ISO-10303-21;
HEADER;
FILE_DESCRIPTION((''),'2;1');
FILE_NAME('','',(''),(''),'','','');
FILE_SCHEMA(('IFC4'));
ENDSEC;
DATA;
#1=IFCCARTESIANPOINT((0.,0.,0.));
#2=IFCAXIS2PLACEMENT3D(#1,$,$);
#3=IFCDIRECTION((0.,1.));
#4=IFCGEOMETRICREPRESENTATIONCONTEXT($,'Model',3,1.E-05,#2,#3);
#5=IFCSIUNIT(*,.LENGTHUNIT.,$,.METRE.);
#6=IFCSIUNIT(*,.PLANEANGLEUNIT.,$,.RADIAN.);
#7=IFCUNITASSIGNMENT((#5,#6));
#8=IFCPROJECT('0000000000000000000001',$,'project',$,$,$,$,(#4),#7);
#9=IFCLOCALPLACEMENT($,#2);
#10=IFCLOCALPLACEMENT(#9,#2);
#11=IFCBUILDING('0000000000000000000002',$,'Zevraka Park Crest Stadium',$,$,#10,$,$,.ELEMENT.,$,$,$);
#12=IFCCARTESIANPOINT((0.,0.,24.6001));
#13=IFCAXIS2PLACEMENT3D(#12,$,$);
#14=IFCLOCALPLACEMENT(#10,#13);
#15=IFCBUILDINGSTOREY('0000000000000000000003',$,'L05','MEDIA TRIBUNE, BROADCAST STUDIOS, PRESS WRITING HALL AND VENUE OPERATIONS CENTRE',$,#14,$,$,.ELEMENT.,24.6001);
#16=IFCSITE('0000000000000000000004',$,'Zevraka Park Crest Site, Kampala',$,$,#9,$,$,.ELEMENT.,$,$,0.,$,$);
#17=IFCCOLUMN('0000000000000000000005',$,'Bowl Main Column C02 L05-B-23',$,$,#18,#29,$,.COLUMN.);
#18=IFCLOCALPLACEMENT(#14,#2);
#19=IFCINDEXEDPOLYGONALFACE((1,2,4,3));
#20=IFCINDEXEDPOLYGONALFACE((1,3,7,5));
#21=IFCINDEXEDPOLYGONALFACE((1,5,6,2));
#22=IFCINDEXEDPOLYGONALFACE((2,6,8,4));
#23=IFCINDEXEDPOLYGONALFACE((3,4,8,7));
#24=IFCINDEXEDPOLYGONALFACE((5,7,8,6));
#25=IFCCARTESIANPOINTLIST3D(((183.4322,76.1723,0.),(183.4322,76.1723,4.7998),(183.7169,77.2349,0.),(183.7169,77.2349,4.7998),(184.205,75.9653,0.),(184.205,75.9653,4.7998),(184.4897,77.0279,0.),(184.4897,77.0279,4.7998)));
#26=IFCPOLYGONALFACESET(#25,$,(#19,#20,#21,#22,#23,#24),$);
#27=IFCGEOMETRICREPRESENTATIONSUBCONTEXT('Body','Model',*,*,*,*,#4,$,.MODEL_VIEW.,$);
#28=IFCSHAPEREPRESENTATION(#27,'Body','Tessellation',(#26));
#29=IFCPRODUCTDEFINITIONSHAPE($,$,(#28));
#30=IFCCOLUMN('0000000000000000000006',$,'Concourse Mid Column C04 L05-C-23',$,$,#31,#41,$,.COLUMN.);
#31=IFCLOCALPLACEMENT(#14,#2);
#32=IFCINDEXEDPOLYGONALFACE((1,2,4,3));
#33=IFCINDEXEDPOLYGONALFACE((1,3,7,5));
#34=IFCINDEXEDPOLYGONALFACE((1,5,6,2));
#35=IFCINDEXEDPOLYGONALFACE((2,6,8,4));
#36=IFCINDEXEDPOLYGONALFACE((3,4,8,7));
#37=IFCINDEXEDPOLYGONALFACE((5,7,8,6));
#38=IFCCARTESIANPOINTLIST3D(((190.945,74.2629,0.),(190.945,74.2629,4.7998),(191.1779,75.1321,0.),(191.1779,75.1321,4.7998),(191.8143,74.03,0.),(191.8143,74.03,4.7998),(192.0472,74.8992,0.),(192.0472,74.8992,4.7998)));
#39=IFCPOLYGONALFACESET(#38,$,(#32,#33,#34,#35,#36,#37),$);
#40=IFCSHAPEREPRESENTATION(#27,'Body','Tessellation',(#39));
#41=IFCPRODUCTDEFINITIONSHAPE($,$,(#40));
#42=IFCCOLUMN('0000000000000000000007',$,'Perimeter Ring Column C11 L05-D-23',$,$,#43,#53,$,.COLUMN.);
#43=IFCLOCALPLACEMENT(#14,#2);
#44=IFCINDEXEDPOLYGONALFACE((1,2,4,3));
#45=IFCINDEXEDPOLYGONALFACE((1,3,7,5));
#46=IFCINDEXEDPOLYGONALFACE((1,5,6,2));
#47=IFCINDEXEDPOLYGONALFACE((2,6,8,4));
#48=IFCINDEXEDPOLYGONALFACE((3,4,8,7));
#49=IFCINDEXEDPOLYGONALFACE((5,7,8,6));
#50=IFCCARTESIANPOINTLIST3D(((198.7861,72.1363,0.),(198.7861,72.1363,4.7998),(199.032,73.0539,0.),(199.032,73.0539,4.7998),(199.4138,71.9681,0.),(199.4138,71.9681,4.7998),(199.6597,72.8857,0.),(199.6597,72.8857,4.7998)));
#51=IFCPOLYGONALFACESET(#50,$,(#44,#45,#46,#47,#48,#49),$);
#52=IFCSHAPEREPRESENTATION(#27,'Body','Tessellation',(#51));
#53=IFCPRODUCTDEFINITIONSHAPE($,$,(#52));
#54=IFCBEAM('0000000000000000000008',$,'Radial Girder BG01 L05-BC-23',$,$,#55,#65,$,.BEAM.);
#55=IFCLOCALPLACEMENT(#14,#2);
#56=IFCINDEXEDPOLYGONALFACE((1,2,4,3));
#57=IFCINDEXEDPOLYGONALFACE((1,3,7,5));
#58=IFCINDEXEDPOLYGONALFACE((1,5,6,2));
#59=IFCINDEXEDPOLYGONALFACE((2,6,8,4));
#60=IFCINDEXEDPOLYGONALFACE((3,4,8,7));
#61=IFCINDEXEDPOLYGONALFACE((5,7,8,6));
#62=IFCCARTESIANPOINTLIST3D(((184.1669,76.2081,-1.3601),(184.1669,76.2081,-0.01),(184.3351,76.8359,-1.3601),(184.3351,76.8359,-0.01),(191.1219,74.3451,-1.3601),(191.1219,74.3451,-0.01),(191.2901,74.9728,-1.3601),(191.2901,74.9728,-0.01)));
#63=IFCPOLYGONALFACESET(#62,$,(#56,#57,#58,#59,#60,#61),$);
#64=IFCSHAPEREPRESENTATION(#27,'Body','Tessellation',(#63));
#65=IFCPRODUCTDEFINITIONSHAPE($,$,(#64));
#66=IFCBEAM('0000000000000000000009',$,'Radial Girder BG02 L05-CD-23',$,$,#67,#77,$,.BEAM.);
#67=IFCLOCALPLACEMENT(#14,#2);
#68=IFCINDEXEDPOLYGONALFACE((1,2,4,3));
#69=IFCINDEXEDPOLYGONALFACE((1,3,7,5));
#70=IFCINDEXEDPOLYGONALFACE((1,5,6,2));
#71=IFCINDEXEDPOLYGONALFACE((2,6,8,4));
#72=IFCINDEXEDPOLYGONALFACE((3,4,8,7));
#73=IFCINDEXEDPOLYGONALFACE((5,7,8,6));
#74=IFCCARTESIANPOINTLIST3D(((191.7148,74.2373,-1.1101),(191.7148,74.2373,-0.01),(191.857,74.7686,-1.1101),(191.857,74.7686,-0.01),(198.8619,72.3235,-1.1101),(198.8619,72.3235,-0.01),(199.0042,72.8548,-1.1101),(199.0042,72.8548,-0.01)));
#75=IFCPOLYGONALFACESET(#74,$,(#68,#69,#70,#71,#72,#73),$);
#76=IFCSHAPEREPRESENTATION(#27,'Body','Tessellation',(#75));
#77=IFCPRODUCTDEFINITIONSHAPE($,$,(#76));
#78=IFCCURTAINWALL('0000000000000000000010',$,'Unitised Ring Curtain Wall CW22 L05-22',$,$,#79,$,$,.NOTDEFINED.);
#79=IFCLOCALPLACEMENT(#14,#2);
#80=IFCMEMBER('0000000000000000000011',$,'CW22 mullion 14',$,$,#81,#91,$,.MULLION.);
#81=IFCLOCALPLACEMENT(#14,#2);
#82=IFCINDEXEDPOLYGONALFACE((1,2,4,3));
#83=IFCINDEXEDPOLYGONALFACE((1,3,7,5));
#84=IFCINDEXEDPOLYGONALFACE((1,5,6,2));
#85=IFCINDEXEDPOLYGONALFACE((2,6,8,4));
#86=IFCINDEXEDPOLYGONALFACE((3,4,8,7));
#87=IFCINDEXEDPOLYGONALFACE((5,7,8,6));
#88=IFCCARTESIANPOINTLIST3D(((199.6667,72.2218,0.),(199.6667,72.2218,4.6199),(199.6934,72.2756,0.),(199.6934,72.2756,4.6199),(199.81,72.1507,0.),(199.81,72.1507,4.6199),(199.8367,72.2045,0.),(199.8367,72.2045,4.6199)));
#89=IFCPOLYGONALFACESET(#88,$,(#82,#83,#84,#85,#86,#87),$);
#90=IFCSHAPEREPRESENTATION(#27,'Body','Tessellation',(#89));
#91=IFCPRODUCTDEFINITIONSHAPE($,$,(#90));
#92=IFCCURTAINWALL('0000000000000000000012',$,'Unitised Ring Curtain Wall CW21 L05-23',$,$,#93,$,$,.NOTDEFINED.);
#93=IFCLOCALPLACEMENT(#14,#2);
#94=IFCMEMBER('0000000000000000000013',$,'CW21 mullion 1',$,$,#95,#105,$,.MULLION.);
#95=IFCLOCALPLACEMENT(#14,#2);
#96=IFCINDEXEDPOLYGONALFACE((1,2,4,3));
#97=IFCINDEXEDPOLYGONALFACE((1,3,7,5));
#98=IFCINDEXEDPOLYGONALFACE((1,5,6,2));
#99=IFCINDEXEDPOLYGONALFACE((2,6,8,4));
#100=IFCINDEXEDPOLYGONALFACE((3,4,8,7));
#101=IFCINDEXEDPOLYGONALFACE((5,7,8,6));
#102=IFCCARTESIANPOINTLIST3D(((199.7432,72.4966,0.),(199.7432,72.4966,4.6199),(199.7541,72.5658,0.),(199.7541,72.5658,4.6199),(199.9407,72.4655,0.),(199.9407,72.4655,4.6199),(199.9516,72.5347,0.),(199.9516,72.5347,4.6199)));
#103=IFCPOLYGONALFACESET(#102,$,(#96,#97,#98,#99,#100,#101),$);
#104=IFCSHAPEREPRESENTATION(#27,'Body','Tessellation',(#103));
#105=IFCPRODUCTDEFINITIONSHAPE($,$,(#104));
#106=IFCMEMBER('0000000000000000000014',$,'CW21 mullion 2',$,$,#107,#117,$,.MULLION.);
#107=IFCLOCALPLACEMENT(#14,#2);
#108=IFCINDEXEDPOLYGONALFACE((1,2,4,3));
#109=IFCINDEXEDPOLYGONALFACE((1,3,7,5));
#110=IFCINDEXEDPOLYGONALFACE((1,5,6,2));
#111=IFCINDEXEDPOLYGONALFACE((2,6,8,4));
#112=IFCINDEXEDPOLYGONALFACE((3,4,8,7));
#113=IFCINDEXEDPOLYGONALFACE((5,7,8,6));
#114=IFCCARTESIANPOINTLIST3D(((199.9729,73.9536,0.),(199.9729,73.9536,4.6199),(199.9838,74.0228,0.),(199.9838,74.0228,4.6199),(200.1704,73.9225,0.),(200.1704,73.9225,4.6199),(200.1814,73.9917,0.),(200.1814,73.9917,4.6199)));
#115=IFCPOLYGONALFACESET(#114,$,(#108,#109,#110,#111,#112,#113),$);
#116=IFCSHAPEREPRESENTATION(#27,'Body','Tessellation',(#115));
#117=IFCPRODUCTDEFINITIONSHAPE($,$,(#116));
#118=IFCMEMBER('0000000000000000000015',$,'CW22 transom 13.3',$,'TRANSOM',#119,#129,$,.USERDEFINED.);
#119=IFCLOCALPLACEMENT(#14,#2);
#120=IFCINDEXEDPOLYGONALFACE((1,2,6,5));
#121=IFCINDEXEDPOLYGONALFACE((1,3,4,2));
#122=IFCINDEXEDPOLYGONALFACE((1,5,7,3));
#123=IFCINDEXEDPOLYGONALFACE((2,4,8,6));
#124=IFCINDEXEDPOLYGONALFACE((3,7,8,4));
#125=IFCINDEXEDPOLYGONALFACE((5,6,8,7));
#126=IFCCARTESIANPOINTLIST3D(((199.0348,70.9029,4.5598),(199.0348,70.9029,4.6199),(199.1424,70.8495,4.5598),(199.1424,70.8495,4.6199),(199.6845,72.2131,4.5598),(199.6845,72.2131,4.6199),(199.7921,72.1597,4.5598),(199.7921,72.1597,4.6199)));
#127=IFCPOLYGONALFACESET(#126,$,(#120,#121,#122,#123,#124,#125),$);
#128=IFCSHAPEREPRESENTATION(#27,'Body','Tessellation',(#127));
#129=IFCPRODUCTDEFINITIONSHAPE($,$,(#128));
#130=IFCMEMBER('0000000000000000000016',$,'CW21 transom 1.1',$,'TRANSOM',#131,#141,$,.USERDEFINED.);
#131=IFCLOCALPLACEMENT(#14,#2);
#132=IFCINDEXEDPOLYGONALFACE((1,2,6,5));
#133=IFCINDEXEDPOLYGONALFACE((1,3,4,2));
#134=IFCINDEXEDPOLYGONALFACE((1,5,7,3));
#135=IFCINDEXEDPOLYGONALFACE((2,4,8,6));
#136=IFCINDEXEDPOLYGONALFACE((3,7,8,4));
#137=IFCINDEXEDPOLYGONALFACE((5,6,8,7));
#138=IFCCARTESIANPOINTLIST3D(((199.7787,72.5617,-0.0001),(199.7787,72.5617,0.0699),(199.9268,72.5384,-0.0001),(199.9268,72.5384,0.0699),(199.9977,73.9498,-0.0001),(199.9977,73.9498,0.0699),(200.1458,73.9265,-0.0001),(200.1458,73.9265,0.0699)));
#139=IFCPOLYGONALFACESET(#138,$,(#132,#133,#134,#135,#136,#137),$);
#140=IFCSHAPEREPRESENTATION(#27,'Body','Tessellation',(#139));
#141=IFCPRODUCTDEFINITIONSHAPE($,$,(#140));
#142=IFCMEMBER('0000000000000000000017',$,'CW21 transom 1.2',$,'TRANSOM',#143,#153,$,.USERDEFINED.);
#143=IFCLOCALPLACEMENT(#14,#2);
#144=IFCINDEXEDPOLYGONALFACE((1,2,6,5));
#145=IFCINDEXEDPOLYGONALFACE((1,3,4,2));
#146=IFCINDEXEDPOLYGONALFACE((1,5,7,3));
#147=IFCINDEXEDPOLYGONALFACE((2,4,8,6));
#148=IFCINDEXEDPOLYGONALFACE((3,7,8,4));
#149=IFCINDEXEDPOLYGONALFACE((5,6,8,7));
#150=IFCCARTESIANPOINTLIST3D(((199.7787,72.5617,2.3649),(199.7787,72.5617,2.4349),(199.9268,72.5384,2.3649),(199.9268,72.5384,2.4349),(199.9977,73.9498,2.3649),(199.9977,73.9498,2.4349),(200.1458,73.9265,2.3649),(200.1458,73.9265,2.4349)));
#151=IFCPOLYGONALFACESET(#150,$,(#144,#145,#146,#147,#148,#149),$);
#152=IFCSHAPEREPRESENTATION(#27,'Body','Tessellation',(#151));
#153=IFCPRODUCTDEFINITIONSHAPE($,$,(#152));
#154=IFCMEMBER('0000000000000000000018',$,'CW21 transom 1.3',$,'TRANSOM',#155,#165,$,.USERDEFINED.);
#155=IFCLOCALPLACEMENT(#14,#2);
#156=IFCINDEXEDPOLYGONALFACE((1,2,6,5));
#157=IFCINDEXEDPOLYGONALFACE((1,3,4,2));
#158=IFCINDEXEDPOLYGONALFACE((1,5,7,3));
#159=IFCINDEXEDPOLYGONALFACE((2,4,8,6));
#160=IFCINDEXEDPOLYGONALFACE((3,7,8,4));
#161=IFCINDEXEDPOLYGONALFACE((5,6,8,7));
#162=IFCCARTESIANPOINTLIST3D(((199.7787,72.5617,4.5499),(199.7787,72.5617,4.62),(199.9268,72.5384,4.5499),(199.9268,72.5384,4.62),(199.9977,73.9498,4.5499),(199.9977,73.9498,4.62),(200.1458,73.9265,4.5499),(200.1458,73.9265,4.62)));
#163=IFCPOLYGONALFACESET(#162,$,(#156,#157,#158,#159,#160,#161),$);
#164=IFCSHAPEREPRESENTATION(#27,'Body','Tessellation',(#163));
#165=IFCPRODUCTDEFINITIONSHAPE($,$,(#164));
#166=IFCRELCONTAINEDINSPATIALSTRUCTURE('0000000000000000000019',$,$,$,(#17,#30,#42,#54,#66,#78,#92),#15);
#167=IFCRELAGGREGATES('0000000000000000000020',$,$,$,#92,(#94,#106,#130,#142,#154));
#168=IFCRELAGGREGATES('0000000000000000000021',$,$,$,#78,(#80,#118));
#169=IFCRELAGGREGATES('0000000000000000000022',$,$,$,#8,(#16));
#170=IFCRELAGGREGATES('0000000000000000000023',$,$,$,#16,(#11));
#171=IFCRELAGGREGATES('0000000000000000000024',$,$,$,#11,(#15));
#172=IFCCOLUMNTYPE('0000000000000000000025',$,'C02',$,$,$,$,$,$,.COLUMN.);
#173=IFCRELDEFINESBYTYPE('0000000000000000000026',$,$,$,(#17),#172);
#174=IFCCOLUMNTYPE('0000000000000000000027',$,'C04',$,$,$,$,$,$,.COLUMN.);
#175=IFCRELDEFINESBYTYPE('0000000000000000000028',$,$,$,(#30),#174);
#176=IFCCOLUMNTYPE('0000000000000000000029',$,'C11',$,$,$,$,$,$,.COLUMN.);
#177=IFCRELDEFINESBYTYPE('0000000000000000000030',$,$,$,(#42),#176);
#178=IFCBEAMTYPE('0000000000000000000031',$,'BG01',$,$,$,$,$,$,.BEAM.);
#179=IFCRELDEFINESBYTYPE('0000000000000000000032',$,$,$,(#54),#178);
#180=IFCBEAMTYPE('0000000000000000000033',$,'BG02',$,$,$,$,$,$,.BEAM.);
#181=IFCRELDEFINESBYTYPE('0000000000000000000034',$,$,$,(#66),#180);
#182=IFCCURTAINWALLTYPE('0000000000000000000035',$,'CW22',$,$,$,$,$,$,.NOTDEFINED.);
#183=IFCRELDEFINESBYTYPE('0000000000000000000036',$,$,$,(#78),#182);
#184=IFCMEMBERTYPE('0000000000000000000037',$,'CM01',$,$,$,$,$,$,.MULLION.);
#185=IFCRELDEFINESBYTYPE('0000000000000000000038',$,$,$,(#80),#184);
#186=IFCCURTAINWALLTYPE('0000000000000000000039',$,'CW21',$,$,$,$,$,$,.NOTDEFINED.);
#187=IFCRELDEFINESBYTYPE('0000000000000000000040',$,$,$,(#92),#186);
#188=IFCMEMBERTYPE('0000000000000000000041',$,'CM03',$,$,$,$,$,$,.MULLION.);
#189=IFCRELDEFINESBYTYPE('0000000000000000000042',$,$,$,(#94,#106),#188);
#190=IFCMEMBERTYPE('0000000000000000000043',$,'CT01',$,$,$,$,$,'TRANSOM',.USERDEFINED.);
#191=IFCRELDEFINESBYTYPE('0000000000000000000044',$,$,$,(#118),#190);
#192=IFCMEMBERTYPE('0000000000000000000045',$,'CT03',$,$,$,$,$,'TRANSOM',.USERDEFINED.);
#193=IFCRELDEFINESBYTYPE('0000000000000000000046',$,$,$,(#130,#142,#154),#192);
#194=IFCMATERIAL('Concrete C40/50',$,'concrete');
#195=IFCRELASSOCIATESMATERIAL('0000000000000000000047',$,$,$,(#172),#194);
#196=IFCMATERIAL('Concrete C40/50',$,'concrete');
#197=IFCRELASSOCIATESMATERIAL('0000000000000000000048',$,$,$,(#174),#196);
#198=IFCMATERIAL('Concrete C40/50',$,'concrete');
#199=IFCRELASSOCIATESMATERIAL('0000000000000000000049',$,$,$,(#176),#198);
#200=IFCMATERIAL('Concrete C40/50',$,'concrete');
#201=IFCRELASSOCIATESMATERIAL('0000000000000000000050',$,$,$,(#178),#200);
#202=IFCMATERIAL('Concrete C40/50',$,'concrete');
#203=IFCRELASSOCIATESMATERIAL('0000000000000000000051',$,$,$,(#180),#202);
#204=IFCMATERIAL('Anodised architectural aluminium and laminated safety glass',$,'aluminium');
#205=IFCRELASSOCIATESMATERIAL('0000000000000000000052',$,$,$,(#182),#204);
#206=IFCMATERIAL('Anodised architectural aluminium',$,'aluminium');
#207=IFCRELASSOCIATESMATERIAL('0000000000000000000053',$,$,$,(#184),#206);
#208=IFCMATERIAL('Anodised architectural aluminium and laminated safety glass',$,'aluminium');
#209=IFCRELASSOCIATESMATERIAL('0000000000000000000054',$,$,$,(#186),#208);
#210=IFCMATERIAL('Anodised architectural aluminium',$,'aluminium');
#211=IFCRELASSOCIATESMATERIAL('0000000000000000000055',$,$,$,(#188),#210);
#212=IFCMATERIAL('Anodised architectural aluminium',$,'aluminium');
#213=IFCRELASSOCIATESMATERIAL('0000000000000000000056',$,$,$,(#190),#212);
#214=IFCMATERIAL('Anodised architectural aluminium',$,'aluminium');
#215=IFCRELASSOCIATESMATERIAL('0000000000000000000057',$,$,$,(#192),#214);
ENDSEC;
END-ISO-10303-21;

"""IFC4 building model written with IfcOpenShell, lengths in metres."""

from ifc_helpers import new_model, si_unit, direction, frame, origin, origin_2d, place, context, subcontext, project, spatial, rectangle, extrude, material, material_profile, profile_set, type_object, element, aggregate, save


model = new_model("IFC4")

# Units and contexts
model_context = context("Model", 3, precision=1e-05, world=origin(), true_north=direction((0.0, 1.0)))
body_context = subcontext(model_context, "Body", "Model", "MODEL_VIEW")
ifc_project = project(units=[si_unit("LENGTHUNIT", "METRE"), si_unit("PLANEANGLEUNIT", "RADIAN")], contexts=[model_context])

# Site, building, storey
site_placement = place(None, origin())
site = spatial("IfcSite", under=ifc_project, at=site_placement, Name="Zevraka Park Crest Site, Kampala", CompositionType="ELEMENT", RefElevation=0.0)
building_placement = place(site_placement, origin())
building = spatial("IfcBuilding", under=site, at=building_placement, Name="Zevraka Park Crest Stadium", CompositionType="ELEMENT")
storey_placement = place(building_placement, frame((0.0, 0.0, 24.6001)))
storey = spatial("IfcBuildingStorey", under=building, at=storey_placement, Name="L05", Description="MEDIA TRIBUNE, BROADCAST STUDIOS, PRESS WRITING HALL AND VENUE OPERATIONS CENTRE", CompositionType="ELEMENT", Elevation=24.6001)

# Columns
ifc_material_1 = material(Name="Concrete C40/50", Category="concrete")
ifc_material_profile_1 = material_profile(ifc_material_1, rectangle(XDim=0.8, YDim=1.1001, at=origin_2d()), Name="RC 1100x800")
ifc_profile_set_1 = profile_set([ifc_material_profile_1], Name="Concrete C40/50")
column_type_1 = type_object("IfcColumnType", Name="C02", PredefinedType="COLUMN", material=ifc_profile_set_1)
column_1_placement = place(storey_placement, frame((183.9609, 76.6001, 0.0), z_axis=(0.0, 0.0, 1.0), x_axis=(-0.965926, 0.258819, 0.0)))
element("IfcColumn", 1, at=column_1_placement, inside=storey, type_object=column_type_1, Name="Bowl Main Column C02 L05-B-23", PredefinedType="COLUMN", context=body_context, shape_type="SweptSolid", body=[
    extrude(rectangle(XDim=0.8, YDim=1.1001, at=origin_2d()), origin(), (0.0, 0.0, 1.0), 4.7998),
])
ifc_material_2 = material(Name="Concrete C40/50", Category="concrete")
ifc_material_profile_2 = material_profile(ifc_material_2, rectangle(XDim=0.8999, YDim=0.8999, at=origin_2d()), Name="RC 900x900")
ifc_profile_set_2 = profile_set([ifc_material_profile_2], Name="Concrete C40/50")
column_type_2 = type_object("IfcColumnType", Name="C04", PredefinedType="COLUMN", material=ifc_profile_set_2)
column_2_placement = place(storey_placement, frame((191.4961, 74.5811, 0.0), z_axis=(0.0, 0.0, 1.0), x_axis=(-0.965926, 0.258819, 0.0)))
element("IfcColumn", 2, at=column_2_placement, inside=storey, type_object=column_type_2, Name="Concourse Mid Column C04 L05-C-23", PredefinedType="COLUMN", context=body_context, shape_type="SweptSolid", body=[
    extrude(rectangle(XDim=0.8999, YDim=0.8999, at=origin_2d()), origin(), (0.0, 0.0, 1.0), 4.7998),
])
ifc_material_3 = material(Name="Concrete C40/50", Category="concrete")
ifc_material_profile_3 = material_profile(ifc_material_3, rectangle(XDim=0.6499, YDim=0.95, at=origin_2d()), Name="RC 950x650")
ifc_profile_set_3 = profile_set([ifc_material_profile_3], Name="Concrete C40/50")
column_type_3 = type_object("IfcColumnType", Name="C11", PredefinedType="COLUMN", material=ifc_profile_set_3)
column_3_placement = place(storey_placement, frame((199.2229, 72.511, 0.0), z_axis=(0.0, 0.0, 1.0), x_axis=(-0.965926, 0.258819, 0.0)))
element("IfcColumn", 3, at=column_3_placement, inside=storey, type_object=column_type_3, Name="Perimeter Ring Column C11 L05-D-23", PredefinedType="COLUMN", context=body_context, shape_type="SweptSolid", body=[
    extrude(rectangle(XDim=0.6499, YDim=0.95, at=origin_2d()), origin(), (0.0, 0.0, 1.0), 4.7998),
])

# Beams
ifc_material_4 = material(Name="Concrete C40/50", Category="concrete")
ifc_material_profile_4 = material_profile(ifc_material_4, rectangle(XDim=0.6499, YDim=1.3501, at=origin_2d()), Name="RC 1350x650")
ifc_profile_set_4 = profile_set([ifc_material_profile_4], Name="Concrete C40/50")
beam_type_1 = type_object("IfcBeamType", Name="BG01", PredefinedType="BEAM", material=ifc_profile_set_4)
beam_1_placement = place(storey_placement, frame((184.251, 76.522, -0.6851), z_axis=(0.965946, -0.258745, 0.0), x_axis=(0.258745, 0.965946, 0.0)))
element("IfcBeam", 4, at=beam_1_placement, inside=storey, type_object=beam_type_1, Name="Radial Girder BG01 L05-BC-23", PredefinedType="BEAM", context=body_context, shape_type="SweptSolid", body=[
    extrude(rectangle(XDim=0.6499, YDim=1.3501, at=origin_2d()), origin(), (0.0, 0.0, 1.0), 7.2002),
])
ifc_material_5 = material(Name="Concrete C40/50", Category="concrete")
ifc_material_profile_5 = material_profile(ifc_material_5, rectangle(XDim=0.55, YDim=1.1001, at=origin_2d()), Name="RC 1100x550")
ifc_profile_set_5 = profile_set([ifc_material_profile_5], Name="Concrete C40/50")
beam_type_2 = type_object("IfcBeamType", Name="BG02", PredefinedType="BEAM", material=ifc_profile_set_5)
beam_2_placement = place(storey_placement, frame((191.7859, 74.5029, -0.5601), z_axis=(0.965969, -0.258659, 0.0), x_axis=(0.258659, 0.965969, 0.0)))
element("IfcBeam", 5, at=beam_2_placement, inside=storey, type_object=beam_type_2, Name="Radial Girder BG02 L05-CD-23", PredefinedType="BEAM", context=body_context, shape_type="SweptSolid", body=[
    extrude(rectangle(XDim=0.55, YDim=1.1001, at=origin_2d()), origin(), (0.0, 0.0, 1.0), 7.3989),
])

# Curtain wall, member
ifc_material_6 = material(Name="Anodised architectural aluminium and laminated safety glass", Category="aluminium")
curtain_wall_type_1 = type_object("IfcCurtainWallType", Name="CW22", PredefinedType="NOTDEFINED", material=ifc_material_6)
curtain_wall_1_placement = place(storey_placement, origin())
curtain_wall_1 = element("IfcCurtainWall", 6, at=curtain_wall_1_placement, inside=storey, type_object=curtain_wall_type_1, Name="Unitised Ring Curtain Wall CW22 L05-22", PredefinedType="NOTDEFINED")
ifc_material_7 = material(Name="Anodised architectural aluminium", Category="aluminium")
ifc_material_profile_6 = material_profile(ifc_material_7, rectangle(XDim=0.1599, YDim=0.0601, at=origin_2d()), Name="ALU MULLION 160x60")
ifc_profile_set_6 = profile_set([ifc_material_profile_6], Name="Anodised architectural aluminium")
member_type_1 = type_object("IfcMemberType", Name="CM01", PredefinedType="MULLION", material=ifc_profile_set_6)
member_1_placement = place(storey_placement, frame((199.7517, 72.2131, 0.0), z_axis=(0.0, 0.0, 1.0), x_axis=(-0.895879, 0.444297, 0.0)))
member_1 = element("IfcMember", 7, at=member_1_placement, type_object=member_type_1, Name="CW22 mullion 14", PredefinedType="MULLION", context=body_context, shape_type="SweptSolid", body=[
    extrude(rectangle(XDim=0.1599, YDim=0.0601, at=origin_2d()), origin(), (0.0, 0.0, 1.0), 4.6199),
])

# Curtain wall, members
ifc_material_8 = material(Name="Anodised architectural aluminium and laminated safety glass", Category="aluminium")
curtain_wall_type_2 = type_object("IfcCurtainWallType", Name="CW21", PredefinedType="NOTDEFINED", material=ifc_material_8)
curtain_wall_2_placement = place(storey_placement, origin())
curtain_wall_2 = element("IfcCurtainWall", 8, at=curtain_wall_2_placement, inside=storey, type_object=curtain_wall_type_2, Name="Unitised Ring Curtain Wall CW21 L05-23", PredefinedType="NOTDEFINED")
ifc_material_9 = material(Name="Anodised architectural aluminium", Category="aluminium")
ifc_material_profile_7 = material_profile(ifc_material_9, rectangle(XDim=0.2, YDim=0.0701, at=origin_2d()), Name="ALU MULLION 200x70")
ifc_profile_set_7 = profile_set([ifc_material_profile_7], Name="Anodised architectural aluminium")
member_type_2 = type_object("IfcMemberType", Name="CM03", PredefinedType="MULLION", material=ifc_profile_set_7)
member_2_placement = place(storey_placement, frame((199.8474, 72.5156, 0.0), z_axis=(0.0, 0.0, 1.0), x_axis=(-0.987803, 0.155711, 0.0)))
member_2 = element("IfcMember", 9, at=member_2_placement, type_object=member_type_2, Name="CW21 mullion 1", PredefinedType="MULLION", context=body_context, shape_type="SweptSolid", body=[
    extrude(rectangle(XDim=0.2, YDim=0.0701, at=origin_2d()), origin(), (0.0, 0.0, 1.0), 4.6199),
])
member_3_placement = place(storey_placement, frame((200.0771, 73.9727, 0.0), z_axis=(0.0, 0.0, 1.0), x_axis=(-0.987803, 0.155711, 0.0)))
member_3 = element("IfcMember", 10, at=member_3_placement, type_object=member_type_2, Name="CW21 mullion 2", PredefinedType="MULLION", context=body_context, shape_type="SweptSolid", body=[
    extrude(rectangle(XDim=0.2, YDim=0.0701, at=origin_2d()), origin(), (0.0, 0.0, 1.0), 4.6199),
])

# Members
ifc_material_10 = material(Name="Anodised architectural aluminium", Category="aluminium")
ifc_material_profile_8 = material_profile(ifc_material_10, rectangle(XDim=0.1201, YDim=0.0601, at=origin_2d()), Name="ALU TRANSOM 120x60")
ifc_profile_set_8 = profile_set([ifc_material_profile_8], Name="Anodised architectural aluminium")
member_type_3 = type_object("IfcMemberType", Name="CT01", ElementType="TRANSOM", PredefinedType="USERDEFINED", material=ifc_profile_set_8)
member_4_placement = place(storey_placement, frame((199.0886, 70.8762, 4.5898), z_axis=(0.444273, 0.895892, 0.0), x_axis=(-0.895892, 0.444273, 0.0)))
member_4 = element("IfcMember", 11, at=member_4_placement, type_object=member_type_3, Name="CW22 transom 13.3", ObjectType="TRANSOM", PredefinedType="USERDEFINED", context=body_context, shape_type="SweptSolid", body=[
    extrude(rectangle(XDim=0.1201, YDim=0.0601, at=origin_2d()), origin(), (0.0, 0.0, 1.0), 1.4624),
])
ifc_material_11 = material(Name="Anodised architectural aluminium", Category="aluminium")
ifc_material_profile_9 = material_profile(ifc_material_11, rectangle(XDim=0.1499, YDim=0.0701, at=origin_2d()), Name="ALU TRANSOM 150x70")
ifc_profile_set_9 = profile_set([ifc_material_profile_9], Name="Anodised architectural aluminium")
member_type_4 = type_object("IfcMemberType", Name="CT03", ElementType="TRANSOM", PredefinedType="USERDEFINED", material=ifc_profile_set_9)
member_5_placement = place(storey_placement, frame((199.8528, 72.55, 0.0349), z_axis=(0.155829, 0.987784, 0.0), x_axis=(-0.987784, 0.155829, 0.0)))
member_5 = element("IfcMember", 12, at=member_5_placement, type_object=member_type_4, Name="CW21 transom 1.1", ObjectType="TRANSOM", PredefinedType="USERDEFINED", context=body_context, shape_type="SweptSolid", body=[
    extrude(rectangle(XDim=0.1499, YDim=0.0701, at=origin_2d()), origin(), (0.0, 0.0, 1.0), 1.4053),
])
member_6_placement = place(storey_placement, frame((199.8528, 72.55, 2.3999), z_axis=(0.155829, 0.987784, 0.0), x_axis=(-0.987784, 0.155829, 0.0)))
member_6 = element("IfcMember", 13, at=member_6_placement, type_object=member_type_4, Name="CW21 transom 1.2", ObjectType="TRANSOM", PredefinedType="USERDEFINED", context=body_context, shape_type="SweptSolid", body=[
    extrude(rectangle(XDim=0.1499, YDim=0.0701, at=origin_2d()), origin(), (0.0, 0.0, 1.0), 1.4053),
])
member_7_placement = place(storey_placement, frame((199.8528, 72.55, 4.585), z_axis=(0.155829, 0.987784, 0.0), x_axis=(-0.987784, 0.155829, 0.0)))
member_7 = element("IfcMember", 14, at=member_7_placement, type_object=member_type_4, Name="CW21 transom 1.3", ObjectType="TRANSOM", PredefinedType="USERDEFINED", context=body_context, shape_type="SweptSolid", body=[
    extrude(rectangle(XDim=0.1499, YDim=0.0701, at=origin_2d()), origin(), (0.0, 0.0, 1.0), 1.4053),
])

aggregate(curtain_wall_2, [member_2, member_3, member_5, member_6, member_7])
aggregate(curtain_wall_1, [member_1, member_4])

save(model, "model.ifc")
